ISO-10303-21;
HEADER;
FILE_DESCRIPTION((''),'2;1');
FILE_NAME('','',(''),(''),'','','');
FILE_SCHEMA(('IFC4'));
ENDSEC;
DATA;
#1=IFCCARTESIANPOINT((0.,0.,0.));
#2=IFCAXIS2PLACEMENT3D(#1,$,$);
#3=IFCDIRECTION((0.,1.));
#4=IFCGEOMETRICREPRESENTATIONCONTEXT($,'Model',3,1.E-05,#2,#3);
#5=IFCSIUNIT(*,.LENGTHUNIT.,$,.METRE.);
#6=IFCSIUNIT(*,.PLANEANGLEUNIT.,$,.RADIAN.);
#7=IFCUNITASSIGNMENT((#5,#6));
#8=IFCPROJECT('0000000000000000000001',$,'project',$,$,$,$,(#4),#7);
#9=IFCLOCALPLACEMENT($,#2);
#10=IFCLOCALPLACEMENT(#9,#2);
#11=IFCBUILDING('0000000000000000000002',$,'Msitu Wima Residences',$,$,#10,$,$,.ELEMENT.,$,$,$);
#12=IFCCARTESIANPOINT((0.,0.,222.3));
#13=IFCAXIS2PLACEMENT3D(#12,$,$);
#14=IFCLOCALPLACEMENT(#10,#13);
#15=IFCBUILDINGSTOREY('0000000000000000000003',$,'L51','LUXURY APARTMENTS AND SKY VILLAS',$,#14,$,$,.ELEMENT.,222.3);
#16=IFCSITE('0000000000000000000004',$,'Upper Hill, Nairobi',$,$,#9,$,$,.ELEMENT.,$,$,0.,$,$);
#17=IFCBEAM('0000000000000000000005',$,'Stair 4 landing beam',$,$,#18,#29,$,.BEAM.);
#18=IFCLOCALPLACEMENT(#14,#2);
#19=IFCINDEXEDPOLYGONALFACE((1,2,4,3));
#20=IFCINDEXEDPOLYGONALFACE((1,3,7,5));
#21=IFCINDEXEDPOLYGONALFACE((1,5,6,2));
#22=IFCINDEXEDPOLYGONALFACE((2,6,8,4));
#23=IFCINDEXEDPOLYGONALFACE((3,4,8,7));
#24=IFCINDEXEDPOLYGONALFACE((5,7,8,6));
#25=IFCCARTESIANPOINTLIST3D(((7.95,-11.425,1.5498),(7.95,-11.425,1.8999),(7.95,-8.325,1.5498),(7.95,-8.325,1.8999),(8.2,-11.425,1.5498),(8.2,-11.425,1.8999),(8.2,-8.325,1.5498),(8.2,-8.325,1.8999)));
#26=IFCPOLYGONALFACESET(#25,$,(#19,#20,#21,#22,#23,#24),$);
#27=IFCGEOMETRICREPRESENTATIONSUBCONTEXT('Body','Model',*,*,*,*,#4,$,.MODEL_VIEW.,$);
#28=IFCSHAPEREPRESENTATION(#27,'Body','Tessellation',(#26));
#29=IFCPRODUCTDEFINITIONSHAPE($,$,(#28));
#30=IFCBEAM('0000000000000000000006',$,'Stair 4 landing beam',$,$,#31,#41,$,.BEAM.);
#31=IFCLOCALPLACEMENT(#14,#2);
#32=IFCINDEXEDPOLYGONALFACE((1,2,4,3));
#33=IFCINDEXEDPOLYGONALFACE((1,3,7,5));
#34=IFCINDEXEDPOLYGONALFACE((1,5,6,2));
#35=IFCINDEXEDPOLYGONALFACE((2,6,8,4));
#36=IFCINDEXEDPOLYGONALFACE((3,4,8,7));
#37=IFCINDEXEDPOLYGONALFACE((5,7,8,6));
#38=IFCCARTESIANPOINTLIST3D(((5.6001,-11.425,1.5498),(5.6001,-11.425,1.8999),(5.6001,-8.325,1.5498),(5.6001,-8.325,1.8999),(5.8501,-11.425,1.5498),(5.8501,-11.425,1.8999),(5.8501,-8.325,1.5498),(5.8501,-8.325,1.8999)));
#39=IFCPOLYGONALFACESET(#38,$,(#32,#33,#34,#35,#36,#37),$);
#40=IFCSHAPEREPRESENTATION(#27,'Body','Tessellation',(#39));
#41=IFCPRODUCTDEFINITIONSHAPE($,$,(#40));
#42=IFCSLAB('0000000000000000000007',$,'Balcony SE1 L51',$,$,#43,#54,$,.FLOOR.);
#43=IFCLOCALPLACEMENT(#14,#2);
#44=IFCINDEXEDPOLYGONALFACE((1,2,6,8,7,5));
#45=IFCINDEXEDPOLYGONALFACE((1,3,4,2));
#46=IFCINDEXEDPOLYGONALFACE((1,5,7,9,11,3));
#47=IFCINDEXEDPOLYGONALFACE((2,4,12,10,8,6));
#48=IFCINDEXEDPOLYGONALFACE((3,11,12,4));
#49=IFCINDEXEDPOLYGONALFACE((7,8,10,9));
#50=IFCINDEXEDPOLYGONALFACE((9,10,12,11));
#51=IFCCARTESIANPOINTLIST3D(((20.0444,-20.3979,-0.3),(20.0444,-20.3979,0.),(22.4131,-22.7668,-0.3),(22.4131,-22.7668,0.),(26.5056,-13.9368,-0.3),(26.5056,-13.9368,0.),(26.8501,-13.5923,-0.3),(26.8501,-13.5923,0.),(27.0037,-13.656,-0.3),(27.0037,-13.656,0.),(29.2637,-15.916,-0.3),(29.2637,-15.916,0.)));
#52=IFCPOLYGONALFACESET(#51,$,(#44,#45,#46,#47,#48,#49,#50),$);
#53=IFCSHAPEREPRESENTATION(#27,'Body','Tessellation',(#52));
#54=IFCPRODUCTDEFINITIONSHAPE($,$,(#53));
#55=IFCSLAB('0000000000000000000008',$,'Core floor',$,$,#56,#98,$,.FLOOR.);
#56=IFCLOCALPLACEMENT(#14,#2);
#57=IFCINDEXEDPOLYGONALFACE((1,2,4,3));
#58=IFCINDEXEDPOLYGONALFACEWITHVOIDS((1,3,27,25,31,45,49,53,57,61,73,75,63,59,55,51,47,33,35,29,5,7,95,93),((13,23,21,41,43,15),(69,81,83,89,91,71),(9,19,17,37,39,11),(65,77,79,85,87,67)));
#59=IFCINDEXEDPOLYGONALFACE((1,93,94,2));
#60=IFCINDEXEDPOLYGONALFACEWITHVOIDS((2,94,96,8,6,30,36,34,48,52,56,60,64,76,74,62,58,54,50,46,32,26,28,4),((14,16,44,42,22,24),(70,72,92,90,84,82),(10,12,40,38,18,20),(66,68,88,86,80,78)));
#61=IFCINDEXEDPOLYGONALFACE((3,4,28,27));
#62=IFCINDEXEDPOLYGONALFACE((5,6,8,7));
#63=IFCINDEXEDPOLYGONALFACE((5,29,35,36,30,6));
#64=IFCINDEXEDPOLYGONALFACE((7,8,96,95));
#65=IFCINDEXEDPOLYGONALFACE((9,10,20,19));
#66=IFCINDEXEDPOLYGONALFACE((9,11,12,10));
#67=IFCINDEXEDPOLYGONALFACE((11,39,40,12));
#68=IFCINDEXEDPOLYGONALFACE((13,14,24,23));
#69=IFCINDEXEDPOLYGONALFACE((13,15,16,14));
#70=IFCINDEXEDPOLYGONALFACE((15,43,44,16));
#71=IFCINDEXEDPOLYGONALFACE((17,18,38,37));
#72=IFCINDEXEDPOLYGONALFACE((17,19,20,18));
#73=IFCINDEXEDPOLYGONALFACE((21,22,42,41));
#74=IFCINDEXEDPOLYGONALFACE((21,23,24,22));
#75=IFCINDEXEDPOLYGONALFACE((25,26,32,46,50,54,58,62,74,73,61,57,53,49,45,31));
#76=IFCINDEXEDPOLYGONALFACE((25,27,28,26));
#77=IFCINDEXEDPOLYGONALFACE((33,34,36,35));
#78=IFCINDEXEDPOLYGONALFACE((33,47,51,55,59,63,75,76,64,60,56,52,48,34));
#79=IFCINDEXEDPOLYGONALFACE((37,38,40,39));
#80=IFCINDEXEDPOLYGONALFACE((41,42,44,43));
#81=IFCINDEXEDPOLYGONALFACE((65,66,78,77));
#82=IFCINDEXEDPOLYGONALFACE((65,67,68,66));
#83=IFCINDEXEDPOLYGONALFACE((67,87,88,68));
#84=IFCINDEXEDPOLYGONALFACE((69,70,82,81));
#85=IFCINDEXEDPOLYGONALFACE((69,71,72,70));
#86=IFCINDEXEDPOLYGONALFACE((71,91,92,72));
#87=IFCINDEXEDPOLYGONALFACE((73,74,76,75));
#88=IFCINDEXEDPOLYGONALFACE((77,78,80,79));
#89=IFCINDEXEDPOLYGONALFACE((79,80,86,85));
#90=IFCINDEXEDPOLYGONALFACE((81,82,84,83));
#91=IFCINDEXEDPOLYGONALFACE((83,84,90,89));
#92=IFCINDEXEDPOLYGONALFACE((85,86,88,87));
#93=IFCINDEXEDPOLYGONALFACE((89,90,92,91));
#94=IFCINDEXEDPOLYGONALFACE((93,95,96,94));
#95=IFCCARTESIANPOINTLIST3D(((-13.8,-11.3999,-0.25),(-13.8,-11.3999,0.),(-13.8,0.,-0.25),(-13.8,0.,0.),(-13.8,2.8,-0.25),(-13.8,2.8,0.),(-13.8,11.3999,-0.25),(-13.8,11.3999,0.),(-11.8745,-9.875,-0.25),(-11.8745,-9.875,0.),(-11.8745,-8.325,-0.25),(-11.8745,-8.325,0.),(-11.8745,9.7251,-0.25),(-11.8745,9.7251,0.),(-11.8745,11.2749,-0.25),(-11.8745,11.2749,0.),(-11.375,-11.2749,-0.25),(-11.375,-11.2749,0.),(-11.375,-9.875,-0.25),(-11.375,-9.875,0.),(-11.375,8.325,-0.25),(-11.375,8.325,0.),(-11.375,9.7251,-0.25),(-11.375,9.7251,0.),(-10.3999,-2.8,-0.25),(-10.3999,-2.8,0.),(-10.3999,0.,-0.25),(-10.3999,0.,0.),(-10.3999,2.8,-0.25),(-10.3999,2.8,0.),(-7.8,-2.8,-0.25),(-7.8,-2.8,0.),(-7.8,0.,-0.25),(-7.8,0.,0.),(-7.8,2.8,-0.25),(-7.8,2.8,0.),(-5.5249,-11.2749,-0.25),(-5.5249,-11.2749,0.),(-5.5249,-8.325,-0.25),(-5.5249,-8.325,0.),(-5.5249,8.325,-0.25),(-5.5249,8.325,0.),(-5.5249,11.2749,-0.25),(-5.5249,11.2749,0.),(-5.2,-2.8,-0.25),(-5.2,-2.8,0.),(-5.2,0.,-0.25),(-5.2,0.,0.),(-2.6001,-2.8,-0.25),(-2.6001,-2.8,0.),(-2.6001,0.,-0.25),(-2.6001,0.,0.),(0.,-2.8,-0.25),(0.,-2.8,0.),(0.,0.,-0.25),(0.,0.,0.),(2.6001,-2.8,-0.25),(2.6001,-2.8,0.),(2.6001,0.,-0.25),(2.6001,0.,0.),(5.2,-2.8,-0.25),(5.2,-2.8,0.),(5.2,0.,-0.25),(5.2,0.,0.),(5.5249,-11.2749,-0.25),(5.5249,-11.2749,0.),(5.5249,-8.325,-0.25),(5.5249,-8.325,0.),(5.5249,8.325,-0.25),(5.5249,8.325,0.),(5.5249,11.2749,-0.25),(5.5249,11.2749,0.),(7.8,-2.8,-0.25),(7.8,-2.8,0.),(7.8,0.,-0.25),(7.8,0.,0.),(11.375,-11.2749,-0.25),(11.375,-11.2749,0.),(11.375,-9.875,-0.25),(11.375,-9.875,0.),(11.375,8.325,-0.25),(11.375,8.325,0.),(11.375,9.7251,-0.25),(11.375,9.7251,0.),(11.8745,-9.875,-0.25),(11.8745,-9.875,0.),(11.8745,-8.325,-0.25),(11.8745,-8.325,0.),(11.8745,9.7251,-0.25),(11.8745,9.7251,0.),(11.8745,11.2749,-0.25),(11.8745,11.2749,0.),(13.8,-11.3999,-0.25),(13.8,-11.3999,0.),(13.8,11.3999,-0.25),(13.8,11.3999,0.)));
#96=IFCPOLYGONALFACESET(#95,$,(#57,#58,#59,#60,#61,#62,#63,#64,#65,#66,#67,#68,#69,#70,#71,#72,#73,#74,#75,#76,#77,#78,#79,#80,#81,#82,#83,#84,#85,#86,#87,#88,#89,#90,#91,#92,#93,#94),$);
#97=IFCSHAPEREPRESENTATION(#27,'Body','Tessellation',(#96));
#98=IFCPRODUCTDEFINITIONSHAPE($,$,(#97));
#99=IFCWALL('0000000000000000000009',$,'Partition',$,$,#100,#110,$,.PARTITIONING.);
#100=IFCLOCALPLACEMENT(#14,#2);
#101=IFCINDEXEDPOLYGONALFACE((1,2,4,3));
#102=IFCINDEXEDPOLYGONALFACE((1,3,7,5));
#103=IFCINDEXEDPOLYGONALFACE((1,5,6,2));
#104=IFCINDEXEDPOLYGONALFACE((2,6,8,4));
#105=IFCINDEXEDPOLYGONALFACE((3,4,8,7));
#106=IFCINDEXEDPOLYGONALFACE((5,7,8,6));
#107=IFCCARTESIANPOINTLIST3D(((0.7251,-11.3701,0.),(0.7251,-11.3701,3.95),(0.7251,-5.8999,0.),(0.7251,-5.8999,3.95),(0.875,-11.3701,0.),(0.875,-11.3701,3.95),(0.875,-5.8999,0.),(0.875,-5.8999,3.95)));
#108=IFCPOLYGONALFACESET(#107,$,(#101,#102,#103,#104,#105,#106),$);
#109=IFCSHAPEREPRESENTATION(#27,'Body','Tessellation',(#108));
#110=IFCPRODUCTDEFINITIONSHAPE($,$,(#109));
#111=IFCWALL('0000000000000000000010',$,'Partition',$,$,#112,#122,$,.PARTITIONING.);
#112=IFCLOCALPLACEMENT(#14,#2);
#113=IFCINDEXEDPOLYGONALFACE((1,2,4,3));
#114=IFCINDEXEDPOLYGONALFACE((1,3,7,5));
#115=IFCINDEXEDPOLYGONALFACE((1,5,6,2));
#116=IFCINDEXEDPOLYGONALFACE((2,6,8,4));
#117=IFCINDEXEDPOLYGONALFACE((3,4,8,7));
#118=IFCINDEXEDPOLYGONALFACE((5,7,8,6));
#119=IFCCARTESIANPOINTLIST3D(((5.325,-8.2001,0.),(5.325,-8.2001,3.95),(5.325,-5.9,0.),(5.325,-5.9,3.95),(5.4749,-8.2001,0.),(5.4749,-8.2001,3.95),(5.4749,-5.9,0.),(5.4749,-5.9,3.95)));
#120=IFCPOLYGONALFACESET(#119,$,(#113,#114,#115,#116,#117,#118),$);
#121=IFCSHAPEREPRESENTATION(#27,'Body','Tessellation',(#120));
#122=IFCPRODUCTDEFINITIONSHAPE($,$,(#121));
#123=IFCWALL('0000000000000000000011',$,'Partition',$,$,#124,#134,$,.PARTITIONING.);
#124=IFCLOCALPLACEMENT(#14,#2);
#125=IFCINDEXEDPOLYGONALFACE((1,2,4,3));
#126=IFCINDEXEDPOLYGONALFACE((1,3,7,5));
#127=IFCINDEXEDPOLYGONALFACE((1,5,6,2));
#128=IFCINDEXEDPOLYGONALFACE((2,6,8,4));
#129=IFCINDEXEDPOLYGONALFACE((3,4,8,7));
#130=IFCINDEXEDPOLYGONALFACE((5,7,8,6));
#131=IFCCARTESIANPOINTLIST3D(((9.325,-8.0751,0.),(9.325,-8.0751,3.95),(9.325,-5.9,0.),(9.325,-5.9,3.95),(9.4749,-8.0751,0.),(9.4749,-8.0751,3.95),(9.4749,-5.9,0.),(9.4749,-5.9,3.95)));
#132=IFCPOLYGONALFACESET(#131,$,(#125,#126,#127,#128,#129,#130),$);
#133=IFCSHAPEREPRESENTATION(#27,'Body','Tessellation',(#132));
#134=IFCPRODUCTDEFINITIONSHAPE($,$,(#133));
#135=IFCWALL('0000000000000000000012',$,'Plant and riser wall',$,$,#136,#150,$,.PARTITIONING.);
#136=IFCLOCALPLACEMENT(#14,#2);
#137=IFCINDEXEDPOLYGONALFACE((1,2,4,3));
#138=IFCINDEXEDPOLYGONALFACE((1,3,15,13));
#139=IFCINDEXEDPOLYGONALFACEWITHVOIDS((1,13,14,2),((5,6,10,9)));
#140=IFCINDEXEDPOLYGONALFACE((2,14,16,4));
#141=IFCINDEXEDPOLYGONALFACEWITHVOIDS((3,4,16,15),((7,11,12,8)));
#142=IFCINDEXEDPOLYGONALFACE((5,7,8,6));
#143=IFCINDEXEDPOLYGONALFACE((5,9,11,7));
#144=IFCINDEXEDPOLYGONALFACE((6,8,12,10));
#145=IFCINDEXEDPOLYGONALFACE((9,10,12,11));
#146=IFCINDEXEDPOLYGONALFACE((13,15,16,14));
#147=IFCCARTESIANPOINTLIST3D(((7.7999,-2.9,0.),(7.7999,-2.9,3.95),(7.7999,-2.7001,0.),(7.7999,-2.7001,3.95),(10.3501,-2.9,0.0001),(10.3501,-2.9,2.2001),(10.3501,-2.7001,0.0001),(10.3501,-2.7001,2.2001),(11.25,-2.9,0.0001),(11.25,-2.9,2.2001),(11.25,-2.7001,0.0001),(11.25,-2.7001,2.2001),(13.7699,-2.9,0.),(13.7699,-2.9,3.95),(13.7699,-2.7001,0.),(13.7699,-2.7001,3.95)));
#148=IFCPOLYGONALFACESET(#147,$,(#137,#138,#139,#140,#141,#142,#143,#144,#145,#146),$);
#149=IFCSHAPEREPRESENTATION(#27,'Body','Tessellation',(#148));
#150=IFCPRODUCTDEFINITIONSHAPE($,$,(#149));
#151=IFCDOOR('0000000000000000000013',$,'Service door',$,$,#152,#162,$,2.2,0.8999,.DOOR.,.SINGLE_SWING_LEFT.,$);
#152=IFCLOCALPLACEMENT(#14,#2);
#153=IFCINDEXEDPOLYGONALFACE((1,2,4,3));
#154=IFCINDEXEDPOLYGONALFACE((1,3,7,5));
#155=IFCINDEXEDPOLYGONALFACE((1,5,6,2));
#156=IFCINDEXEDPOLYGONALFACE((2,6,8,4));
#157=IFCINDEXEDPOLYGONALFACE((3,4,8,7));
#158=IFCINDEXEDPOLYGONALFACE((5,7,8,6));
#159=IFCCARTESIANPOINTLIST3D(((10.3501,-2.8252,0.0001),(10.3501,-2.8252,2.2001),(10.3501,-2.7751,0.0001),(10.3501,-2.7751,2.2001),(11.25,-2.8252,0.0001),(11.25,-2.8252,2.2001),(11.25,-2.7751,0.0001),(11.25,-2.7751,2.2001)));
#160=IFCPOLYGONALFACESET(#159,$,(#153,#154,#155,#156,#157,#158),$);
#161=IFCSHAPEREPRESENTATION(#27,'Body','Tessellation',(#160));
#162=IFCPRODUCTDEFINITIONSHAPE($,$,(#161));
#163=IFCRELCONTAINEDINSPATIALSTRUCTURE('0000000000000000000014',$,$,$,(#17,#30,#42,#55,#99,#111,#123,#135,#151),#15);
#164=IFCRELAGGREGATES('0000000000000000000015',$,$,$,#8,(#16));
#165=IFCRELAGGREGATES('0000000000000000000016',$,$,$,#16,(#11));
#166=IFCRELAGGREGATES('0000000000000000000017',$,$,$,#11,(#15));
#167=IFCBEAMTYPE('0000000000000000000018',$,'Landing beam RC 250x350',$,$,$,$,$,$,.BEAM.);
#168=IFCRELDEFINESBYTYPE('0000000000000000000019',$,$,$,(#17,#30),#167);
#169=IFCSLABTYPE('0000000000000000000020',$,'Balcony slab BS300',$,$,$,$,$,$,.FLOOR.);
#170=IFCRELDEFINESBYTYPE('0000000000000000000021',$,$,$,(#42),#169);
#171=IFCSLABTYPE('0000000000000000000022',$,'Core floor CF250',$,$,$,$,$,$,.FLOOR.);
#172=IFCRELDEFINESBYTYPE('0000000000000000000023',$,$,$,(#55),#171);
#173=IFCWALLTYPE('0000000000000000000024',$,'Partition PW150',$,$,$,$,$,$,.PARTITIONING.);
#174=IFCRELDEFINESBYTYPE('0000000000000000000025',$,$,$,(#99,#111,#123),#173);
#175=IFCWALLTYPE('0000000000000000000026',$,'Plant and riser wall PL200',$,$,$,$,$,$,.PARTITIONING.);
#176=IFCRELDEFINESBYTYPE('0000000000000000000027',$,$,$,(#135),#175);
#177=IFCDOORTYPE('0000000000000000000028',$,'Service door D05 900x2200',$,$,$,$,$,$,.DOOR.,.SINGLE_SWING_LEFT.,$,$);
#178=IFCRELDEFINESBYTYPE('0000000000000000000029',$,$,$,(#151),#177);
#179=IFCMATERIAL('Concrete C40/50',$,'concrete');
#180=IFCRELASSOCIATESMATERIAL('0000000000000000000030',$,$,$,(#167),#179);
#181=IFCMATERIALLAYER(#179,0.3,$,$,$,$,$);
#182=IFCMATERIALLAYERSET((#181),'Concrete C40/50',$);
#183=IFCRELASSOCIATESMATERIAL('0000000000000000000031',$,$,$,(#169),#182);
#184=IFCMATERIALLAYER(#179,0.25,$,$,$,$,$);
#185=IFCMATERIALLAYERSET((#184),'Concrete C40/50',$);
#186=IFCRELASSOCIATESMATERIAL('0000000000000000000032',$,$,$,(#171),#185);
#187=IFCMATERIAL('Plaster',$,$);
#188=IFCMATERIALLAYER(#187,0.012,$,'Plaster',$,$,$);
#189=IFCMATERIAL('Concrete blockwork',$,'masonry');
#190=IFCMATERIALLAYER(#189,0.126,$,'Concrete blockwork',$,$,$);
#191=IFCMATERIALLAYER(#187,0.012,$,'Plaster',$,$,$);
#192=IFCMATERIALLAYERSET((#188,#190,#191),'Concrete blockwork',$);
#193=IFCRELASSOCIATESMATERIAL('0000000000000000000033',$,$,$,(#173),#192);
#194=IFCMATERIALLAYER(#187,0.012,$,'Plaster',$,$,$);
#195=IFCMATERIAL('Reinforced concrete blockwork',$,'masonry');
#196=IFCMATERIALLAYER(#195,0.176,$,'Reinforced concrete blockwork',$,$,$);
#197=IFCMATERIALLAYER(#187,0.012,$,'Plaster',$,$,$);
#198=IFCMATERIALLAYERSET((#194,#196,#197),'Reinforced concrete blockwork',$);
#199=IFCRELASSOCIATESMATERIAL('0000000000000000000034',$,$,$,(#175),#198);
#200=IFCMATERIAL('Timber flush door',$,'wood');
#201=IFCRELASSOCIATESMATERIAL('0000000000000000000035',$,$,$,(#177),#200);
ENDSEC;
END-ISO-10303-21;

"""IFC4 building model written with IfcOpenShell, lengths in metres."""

from ifc_helpers import new_model, si_unit, direction, frame, frame_2d, origin, origin_2d, place, context, subcontext, project, spatial, polyline, rectangle, outline, extrude, material, layer, layer_set, material_profile, profile_set, type_object, element, fill, save


model = new_model("IFC4")

# Units and contexts
model_context = context("Model", 3, precision=1e-05, world=origin(), true_north=direction((0.0, 1.0)))
body_context = subcontext(model_context, "Body", "Model", "MODEL_VIEW")
ifc_project = project(units=[si_unit("LENGTHUNIT", "METRE"), si_unit("PLANEANGLEUNIT", "RADIAN")], contexts=[model_context])

# Site, building, storey
site_placement = place(None, origin())
site = spatial("IfcSite", under=ifc_project, at=site_placement, Name="Upper Hill, Nairobi", CompositionType="ELEMENT", RefElevation=0.0)
building_placement = place(site_placement, origin())
building = spatial("IfcBuilding", under=site, at=building_placement, Name="Msitu Wima Residences", CompositionType="ELEMENT")
storey_placement = place(building_placement, frame((0.0, 0.0, 222.3)))
storey = spatial("IfcBuildingStorey", under=building, at=storey_placement, Name="L51", Description="LUXURY APARTMENTS AND SKY VILLAS", CompositionType="ELEMENT", Elevation=222.3)

# Beams
ifc_material_1 = material(Name="Concrete C40/50", Category="concrete")
ifc_material_profile = material_profile(ifc_material_1, rectangle(XDim=0.25, YDim=0.3501, at=origin_2d()), Name="RC 250x350")
ifc_profile_set = profile_set([ifc_material_profile], Name="Concrete C40/50")
beam_type = type_object("IfcBeamType", Name="Landing beam RC 250x350", PredefinedType="BEAM", material=ifc_profile_set)
for number, where, z_axis, x_axis, name in (
    (1, (8.075, -11.425, 1.7249), (0.0, 1.0, 0.0), (-1.0, 0.0, 0.0), "Stair 4 landing beam"),
    (2, (5.7251, -11.425, 1.7249), (0.0, 1.0, 0.0), (-1.0, 0.0, 0.0), "Stair 4 landing beam"),
):
    element("IfcBeam", number, at=place(storey_placement, frame(where, z_axis=z_axis, x_axis=x_axis)), inside=storey, type_object=beam_type, Name=name, PredefinedType="BEAM", context=body_context, shape_type="SweptSolid", body=[
        extrude(rectangle(XDim=0.25, YDim=0.3501, at=origin_2d()), origin(), (0.0, 0.0, 1.0), 3.1001),
    ])

# Slabs
ifc_layer_1 = layer(ifc_material_1, 0.3)
ifc_layer_set_1 = layer_set([ifc_layer_1], Name="Concrete C40/50")
slab_type_1 = type_object("IfcSlabType", Name="Balcony slab BS300", PredefinedType="FLOOR", material=ifc_layer_set_1)
slab_1_placement = place(storey_placement, frame((0.0, 0.0, -0.3)))
element("IfcSlab", 3, at=slab_1_placement, inside=storey, type_object=slab_type_1, Name="Balcony SE1 L51", PredefinedType="FLOOR", context=body_context, shape_type="SweptSolid", body=[
    extrude(outline(polyline([(26.5056, -13.9368), (26.5056, -13.9368), (26.8501, -13.5923), (27.0037, -13.656), (29.2637, -15.916), (22.4131, -22.7668), (20.0444, -20.3979), (26.5056, -13.9368), (26.5056, -13.9368)])), origin(), (0.0, 0.0, 1.0), 0.3),
])
ifc_layer_2 = layer(ifc_material_1, 0.25)
ifc_layer_set_2 = layer_set([ifc_layer_2], Name="Concrete C40/50")
slab_type_2 = type_object("IfcSlabType", Name="Core floor CF250", PredefinedType="FLOOR", material=ifc_layer_set_2)
slab_2_placement = place(storey_placement, frame((0.0, 0.0, -0.25)))
element("IfcSlab", 4, at=slab_2_placement, inside=storey, type_object=slab_type_2, Name="Core floor", PredefinedType="FLOOR", context=body_context, shape_type="SweptSolid", body=[
    extrude(outline(polyline([(-13.8, 11.3999), (-13.8, 2.8), (-10.3999, 2.8), (-7.8, 2.8), (-7.8, 0.0), (-5.2, 0.0), (-2.6001, 0.0), (0.0, 0.0), (2.6001, 0.0), (5.2, 0.0), (7.8, 0.0), (7.8, -2.8), (5.2, -2.8), (2.6001, -2.8), (0.0, -2.8), (-2.6001, -2.8), (-5.2, -2.8), (-7.8, -2.8), (-10.3999, -2.8), (-10.3999, 0.0), (-13.8, 0.0), (-13.8, -11.3999), (13.8, -11.3999), (13.8, 11.3999), (-13.8, 11.3999)]), holes=[polyline([(-11.375, -11.2749), (-11.375, -9.875), (-11.8745, -9.875), (-11.8745, -8.325), (-5.5249, -8.325), (-5.5249, -11.2749), (-11.375, -11.2749)]), polyline([(-11.375, 8.325), (-11.375, 9.7251), (-11.8745, 9.7251), (-11.8745, 11.2749), (-5.5249, 11.2749), (-5.5249, 8.325), (-11.375, 8.325)]), polyline([(11.375, -9.875), (11.375, -11.2749), (5.5249, -11.2749), (5.5249, -8.325), (11.8745, -8.325), (11.8745, -9.875), (11.375, -9.875)]), polyline([(11.375, 9.7251), (11.375, 8.325), (5.5249, 8.325), (5.5249, 11.2749), (11.8745, 11.2749), (11.8745, 9.7251), (11.375, 9.7251)])]), origin(), (0.0, 0.0, 1.0), 0.25),
])

# Walls
ifc_material_2 = material(Name="Plaster")
ifc_layer_3 = layer(ifc_material_2, 0.012, Name="Plaster")
ifc_material_3 = material(Name="Concrete blockwork", Category="masonry")
ifc_layer_4 = layer(ifc_material_3, 0.126, Name="Concrete blockwork")
ifc_layer_5 = layer(ifc_material_2, 0.012, Name="Plaster")
ifc_layer_set_3 = layer_set([ifc_layer_3, ifc_layer_4, ifc_layer_5], Name="Concrete blockwork")
wall_type_1 = type_object("IfcWallType", Name="Partition PW150", PredefinedType="PARTITIONING", material=ifc_layer_set_3)
wall_1_placement = place(storey_placement, frame((0.8, -11.3701, 0.0), z_axis=(0.0, 0.0, 1.0), x_axis=(0.0, 1.0, 0.0)))
element("IfcWall", 5, at=wall_1_placement, inside=storey, type_object=wall_type_1, Name="Partition", PredefinedType="PARTITIONING", context=body_context, shape_type="SweptSolid", body=[
    extrude(rectangle(XDim=5.4702, YDim=0.1499, at=frame_2d((2.7351, 0.0))), origin(), (0.0, 0.0, 1.0), 3.95),
])
wall_2_placement = place(storey_placement, frame((5.3999, -8.2, 0.0), z_axis=(0.0, 0.0, 1.0), x_axis=(0.0, 1.0, 0.0)))
element("IfcWall", 6, at=wall_2_placement, inside=storey, type_object=wall_type_1, Name="Partition", PredefinedType="PARTITIONING", context=body_context, shape_type="SweptSolid", body=[
    extrude(rectangle(XDim=2.3, YDim=0.1499, at=frame_2d((1.1499, 0.0))), origin(), (0.0, 0.0, 1.0), 3.95),
])
wall_3_placement = place(storey_placement, frame((9.3999, -8.075, 0.0), z_axis=(0.0, 0.0, 1.0), x_axis=(0.0, 1.0, 0.0)))
element("IfcWall", 7, at=wall_3_placement, inside=storey, type_object=wall_type_1, Name="Partition", PredefinedType="PARTITIONING", context=body_context, shape_type="SweptSolid", body=[
    extrude(rectangle(XDim=2.175, YDim=0.1499, at=frame_2d((1.0874, 0.0))), origin(), (0.0, 0.0, 1.0), 3.95),
])

# Wall, opening, door
ifc_layer_6 = layer(ifc_material_2, 0.012, Name="Plaster")
ifc_material_4 = material(Name="Reinforced concrete blockwork", Category="masonry")
ifc_layer_7 = layer(ifc_material_4, 0.176, Name="Reinforced concrete blockwork")
ifc_layer_8 = layer(ifc_material_2, 0.012, Name="Plaster")
ifc_layer_set_4 = layer_set([ifc_layer_6, ifc_layer_7, ifc_layer_8], Name="Reinforced concrete blockwork")
wall_type_2 = type_object("IfcWallType", Name="Plant and riser wall PL200", PredefinedType="PARTITIONING", material=ifc_layer_set_4)
wall_4_placement = place(storey_placement, frame((7.8, -2.8, 0.0), z_axis=(0.0, 0.0, 1.0), x_axis=(1.0, 0.0, 0.0)))
wall_4 = element("IfcWall", 8, at=wall_4_placement, inside=storey, type_object=wall_type_2, Name="Plant and riser wall", PredefinedType="PARTITIONING", context=body_context, shape_type="SweptSolid", body=[
    extrude(rectangle(XDim=5.97, YDim=0.2, at=frame_2d((2.9849, 0.0))), origin(), (0.0, 0.0, 1.0), 3.95),
])
opening_1_placement = place(wall_4_placement, frame((2.55, 0.0, 0.0)))
opening_1 = element("IfcOpeningElement", 9, at=opening_1_placement, cuts=wall_4, PredefinedType="OPENING", context=body_context, shape_type="SweptSolid", body=[
    extrude(rectangle(XDim=0.8999, YDim=2.2, at=frame_2d((0.45, 1.1001))), frame((0.0, 0.1099, 0.0), z_axis=(0.0, -1.0, 0.0), x_axis=(1.0, 0.0, 0.0)), (0.0, 0.0, 1.0), 0.22),
])
ifc_material_5 = material(Name="Timber flush door", Category="wood")
door_type_1 = type_object("IfcDoorType", Name="Service door D05 900x2200", OperationType="SINGLE_SWING_LEFT", PredefinedType="DOOR", material=ifc_material_5)
door_1_placement = place(opening_1_placement, origin())
door_1 = element("IfcDoor", 10, at=door_1_placement, inside=storey, type_object=door_type_1, Name="Service door", OperationType="SINGLE_SWING_LEFT", OverallHeight=2.2, OverallWidth=0.8999, PredefinedType="DOOR", context=body_context, shape_type="SweptSolid", body=[
    extrude(rectangle(XDim=0.8999, YDim=2.2, at=frame_2d((0.45, 1.1001))), frame((0.0, 0.0249, 0.0), z_axis=(0.0, -1.0, 0.0), x_axis=(1.0, 0.0, 0.0)), (0.0, 0.0, 1.0), 0.05),
])
fill(opening_1, door_1)

save(model, "model.ifc")
